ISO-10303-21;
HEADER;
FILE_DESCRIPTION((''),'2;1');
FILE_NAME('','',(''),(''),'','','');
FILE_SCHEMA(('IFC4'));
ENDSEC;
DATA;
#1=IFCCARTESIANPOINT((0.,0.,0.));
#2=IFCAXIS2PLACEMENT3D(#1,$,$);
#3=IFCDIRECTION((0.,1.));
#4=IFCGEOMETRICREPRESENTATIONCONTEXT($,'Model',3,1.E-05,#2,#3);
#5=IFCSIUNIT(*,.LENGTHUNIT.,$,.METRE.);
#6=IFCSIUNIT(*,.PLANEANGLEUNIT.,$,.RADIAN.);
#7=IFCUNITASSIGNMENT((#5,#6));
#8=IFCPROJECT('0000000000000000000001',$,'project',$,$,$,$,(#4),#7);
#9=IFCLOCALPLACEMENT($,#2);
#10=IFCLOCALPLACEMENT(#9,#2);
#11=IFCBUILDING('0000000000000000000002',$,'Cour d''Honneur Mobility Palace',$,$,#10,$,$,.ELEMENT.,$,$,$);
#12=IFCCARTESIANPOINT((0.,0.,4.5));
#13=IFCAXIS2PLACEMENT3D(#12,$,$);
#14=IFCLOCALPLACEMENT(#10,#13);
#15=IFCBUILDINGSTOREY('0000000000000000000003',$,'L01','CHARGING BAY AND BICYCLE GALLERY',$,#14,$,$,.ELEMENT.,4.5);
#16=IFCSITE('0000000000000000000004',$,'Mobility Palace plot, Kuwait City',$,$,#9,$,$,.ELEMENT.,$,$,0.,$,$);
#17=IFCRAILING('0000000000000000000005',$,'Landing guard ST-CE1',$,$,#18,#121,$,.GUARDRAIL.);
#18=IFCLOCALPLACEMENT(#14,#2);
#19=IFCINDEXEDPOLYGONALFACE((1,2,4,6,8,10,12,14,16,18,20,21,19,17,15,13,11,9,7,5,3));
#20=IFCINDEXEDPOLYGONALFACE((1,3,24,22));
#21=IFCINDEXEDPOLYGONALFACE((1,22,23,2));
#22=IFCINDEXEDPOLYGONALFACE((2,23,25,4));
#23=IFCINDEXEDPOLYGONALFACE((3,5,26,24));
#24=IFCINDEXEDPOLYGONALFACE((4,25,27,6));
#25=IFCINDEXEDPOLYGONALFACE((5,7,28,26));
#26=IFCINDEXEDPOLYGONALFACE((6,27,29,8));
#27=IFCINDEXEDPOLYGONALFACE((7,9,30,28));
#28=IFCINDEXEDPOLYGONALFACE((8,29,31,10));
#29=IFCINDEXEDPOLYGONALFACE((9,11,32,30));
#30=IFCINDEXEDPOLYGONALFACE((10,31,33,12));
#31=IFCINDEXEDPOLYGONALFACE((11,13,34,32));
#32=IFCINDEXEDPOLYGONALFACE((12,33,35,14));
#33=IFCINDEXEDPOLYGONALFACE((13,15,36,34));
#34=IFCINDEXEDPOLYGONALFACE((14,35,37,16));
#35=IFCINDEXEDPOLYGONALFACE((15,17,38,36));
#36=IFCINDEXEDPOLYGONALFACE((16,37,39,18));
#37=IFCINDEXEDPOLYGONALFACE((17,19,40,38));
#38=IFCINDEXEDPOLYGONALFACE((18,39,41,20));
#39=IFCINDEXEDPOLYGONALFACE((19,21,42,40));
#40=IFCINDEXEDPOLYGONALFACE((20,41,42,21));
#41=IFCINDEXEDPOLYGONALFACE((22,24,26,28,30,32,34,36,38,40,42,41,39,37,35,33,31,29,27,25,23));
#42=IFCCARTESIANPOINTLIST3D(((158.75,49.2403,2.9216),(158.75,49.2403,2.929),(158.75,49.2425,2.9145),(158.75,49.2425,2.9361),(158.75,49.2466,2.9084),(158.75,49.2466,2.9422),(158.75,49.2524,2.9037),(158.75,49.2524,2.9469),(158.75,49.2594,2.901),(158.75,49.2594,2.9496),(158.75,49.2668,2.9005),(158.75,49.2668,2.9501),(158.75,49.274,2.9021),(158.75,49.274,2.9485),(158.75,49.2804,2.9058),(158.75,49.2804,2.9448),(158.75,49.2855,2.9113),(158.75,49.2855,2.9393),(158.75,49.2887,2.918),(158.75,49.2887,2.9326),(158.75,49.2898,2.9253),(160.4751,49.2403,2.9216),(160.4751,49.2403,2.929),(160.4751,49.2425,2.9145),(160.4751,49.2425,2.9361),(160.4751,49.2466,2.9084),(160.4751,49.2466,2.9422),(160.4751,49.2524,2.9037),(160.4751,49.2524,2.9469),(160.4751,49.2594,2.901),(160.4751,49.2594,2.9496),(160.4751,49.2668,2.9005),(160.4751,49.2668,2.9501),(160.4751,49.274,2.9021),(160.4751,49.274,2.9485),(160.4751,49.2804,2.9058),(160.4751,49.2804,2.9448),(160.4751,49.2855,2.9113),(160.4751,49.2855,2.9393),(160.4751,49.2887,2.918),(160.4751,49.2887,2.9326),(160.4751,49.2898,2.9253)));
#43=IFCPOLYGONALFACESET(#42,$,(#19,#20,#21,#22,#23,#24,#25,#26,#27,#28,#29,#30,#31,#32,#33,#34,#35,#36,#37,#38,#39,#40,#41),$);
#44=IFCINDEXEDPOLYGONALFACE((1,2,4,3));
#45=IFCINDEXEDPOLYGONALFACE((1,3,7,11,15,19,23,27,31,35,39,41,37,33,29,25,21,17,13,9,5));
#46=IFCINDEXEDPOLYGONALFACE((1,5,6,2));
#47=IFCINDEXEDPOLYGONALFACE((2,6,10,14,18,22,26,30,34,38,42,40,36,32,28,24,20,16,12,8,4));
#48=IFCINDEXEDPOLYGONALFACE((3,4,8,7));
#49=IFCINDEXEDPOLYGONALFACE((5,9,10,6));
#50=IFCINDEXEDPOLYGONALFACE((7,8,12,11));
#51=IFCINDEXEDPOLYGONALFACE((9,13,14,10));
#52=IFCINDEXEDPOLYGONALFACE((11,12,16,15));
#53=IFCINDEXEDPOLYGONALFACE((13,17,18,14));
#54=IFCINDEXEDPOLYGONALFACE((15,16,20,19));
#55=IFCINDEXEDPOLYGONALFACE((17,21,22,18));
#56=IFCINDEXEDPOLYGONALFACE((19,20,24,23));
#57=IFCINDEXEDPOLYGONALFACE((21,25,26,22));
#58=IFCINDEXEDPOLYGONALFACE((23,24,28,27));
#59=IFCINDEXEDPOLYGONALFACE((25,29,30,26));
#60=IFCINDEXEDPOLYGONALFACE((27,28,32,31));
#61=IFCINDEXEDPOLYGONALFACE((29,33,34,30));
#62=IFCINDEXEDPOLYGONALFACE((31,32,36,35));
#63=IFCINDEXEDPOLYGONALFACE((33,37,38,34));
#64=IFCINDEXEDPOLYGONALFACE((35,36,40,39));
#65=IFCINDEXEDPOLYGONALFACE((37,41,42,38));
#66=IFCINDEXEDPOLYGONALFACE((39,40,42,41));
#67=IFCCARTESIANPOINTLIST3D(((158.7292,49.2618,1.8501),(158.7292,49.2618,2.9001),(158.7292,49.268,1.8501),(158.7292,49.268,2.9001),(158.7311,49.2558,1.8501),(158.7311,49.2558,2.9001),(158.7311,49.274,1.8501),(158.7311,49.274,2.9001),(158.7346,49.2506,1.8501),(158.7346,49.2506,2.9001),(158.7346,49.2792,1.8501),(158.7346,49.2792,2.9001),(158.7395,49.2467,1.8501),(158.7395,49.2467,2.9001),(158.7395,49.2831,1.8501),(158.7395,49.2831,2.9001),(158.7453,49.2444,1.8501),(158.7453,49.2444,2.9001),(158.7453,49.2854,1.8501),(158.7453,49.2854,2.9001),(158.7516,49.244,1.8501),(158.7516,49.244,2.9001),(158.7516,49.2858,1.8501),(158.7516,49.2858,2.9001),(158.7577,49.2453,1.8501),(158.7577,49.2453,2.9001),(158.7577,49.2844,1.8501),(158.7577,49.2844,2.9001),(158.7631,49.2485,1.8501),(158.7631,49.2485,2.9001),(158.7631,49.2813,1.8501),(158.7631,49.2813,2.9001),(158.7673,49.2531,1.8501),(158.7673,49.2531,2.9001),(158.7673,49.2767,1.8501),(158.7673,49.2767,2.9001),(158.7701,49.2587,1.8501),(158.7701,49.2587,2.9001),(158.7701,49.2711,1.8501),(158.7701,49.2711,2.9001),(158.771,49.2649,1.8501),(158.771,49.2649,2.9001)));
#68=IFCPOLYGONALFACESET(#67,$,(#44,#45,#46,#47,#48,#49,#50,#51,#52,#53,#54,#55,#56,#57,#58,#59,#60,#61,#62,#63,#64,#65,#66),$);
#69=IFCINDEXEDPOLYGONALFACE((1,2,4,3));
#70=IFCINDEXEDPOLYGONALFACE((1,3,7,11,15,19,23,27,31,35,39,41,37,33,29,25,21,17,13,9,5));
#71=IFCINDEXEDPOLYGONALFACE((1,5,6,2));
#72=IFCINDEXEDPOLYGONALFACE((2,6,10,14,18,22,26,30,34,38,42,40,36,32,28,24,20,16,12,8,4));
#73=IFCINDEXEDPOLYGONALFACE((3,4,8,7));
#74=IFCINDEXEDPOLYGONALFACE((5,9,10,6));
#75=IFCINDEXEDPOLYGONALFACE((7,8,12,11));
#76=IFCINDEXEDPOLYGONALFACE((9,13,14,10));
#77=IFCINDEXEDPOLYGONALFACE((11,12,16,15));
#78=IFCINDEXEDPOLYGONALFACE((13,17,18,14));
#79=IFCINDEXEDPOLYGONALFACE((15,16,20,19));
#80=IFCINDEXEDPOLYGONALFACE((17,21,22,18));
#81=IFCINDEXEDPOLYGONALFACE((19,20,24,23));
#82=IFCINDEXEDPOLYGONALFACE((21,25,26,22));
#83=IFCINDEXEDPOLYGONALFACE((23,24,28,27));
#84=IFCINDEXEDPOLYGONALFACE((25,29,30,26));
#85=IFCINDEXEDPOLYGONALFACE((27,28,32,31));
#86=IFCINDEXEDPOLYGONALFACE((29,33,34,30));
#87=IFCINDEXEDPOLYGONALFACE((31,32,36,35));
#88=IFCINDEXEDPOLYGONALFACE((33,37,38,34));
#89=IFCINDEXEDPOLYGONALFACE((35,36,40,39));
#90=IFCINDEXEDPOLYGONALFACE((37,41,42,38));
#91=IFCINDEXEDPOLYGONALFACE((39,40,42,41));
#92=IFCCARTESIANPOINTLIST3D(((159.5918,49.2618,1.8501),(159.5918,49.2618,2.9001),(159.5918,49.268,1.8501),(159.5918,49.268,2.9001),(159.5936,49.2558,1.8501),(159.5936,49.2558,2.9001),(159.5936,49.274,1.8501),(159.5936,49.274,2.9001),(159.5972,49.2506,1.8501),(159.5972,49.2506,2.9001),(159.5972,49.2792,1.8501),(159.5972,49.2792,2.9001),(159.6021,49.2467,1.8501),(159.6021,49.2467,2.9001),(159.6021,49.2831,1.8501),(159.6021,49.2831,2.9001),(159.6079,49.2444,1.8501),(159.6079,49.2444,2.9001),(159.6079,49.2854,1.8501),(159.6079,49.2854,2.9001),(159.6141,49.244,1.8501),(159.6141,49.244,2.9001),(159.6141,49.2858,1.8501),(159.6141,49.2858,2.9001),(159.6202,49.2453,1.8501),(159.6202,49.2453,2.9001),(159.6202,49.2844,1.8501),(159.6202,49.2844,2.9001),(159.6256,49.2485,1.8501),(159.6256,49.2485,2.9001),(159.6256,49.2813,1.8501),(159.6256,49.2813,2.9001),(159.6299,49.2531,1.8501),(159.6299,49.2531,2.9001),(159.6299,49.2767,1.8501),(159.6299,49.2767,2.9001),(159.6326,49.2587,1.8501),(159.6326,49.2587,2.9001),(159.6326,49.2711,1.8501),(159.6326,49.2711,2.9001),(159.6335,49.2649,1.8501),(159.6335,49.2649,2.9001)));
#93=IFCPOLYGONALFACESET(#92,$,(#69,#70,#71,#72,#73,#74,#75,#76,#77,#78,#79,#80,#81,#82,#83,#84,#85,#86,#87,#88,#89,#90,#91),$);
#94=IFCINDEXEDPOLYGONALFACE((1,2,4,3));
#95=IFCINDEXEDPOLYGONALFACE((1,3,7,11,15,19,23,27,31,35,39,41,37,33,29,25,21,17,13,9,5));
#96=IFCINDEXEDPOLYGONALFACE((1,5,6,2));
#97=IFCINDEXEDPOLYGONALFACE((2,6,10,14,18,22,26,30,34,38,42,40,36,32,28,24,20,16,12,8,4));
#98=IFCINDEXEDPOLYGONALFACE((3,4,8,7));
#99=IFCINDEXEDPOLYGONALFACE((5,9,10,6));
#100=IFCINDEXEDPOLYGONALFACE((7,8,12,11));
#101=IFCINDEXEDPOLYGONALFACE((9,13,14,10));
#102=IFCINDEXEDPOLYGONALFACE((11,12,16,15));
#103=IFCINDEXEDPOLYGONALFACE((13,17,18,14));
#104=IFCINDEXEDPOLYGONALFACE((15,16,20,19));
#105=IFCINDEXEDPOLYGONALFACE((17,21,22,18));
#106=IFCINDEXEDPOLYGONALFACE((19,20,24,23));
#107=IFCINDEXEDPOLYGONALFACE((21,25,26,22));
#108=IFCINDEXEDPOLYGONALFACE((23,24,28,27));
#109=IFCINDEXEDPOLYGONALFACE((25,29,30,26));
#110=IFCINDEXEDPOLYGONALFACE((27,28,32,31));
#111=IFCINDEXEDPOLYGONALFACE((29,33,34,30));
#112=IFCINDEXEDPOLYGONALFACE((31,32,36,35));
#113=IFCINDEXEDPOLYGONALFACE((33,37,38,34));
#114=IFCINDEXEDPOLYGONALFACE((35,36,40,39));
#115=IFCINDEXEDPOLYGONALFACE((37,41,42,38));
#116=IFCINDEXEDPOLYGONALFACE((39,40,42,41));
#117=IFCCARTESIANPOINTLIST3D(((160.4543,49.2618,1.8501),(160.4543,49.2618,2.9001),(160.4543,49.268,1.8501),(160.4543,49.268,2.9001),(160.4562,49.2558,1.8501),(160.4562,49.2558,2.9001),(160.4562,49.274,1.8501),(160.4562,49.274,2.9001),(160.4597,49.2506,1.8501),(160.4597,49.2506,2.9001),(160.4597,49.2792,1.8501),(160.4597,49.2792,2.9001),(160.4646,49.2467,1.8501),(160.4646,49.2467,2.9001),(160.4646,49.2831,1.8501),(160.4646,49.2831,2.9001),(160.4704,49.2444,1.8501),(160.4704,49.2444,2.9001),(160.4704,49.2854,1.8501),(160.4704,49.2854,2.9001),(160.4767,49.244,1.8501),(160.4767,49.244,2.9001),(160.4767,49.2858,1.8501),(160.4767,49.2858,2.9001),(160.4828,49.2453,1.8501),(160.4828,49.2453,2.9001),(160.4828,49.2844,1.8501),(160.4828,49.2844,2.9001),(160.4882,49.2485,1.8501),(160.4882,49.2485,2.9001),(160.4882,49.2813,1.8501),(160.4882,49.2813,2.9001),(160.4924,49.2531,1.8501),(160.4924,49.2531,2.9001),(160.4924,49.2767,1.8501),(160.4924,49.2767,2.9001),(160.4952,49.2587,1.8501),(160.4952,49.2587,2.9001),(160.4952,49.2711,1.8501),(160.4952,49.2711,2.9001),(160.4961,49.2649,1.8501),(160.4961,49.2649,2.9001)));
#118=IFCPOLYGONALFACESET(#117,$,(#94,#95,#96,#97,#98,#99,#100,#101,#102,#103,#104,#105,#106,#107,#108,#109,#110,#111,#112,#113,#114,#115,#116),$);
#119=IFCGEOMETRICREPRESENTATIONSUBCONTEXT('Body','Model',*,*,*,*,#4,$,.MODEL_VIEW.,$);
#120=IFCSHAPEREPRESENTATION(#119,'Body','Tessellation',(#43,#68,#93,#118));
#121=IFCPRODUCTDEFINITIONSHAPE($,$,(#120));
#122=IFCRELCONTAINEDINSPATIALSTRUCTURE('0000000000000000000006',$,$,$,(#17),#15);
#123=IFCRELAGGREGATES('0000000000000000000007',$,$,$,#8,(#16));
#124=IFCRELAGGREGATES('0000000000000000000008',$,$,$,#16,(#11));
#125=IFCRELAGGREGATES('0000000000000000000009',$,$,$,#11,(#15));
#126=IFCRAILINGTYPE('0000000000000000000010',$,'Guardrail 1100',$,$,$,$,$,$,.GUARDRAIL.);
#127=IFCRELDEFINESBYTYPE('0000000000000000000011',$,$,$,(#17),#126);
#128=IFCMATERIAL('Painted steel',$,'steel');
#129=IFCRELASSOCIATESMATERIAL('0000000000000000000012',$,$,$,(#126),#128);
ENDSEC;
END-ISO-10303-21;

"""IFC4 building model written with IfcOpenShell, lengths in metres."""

from ifc_helpers import new_model, si_unit, direction, frame, origin, origin_2d, place, context, subcontext, project, spatial, circle, extrude, material, type_object, element, save


model = new_model("IFC4")

# Units and contexts
model_context = context("Model", 3, precision=1e-05, world=origin(), true_north=direction((0.0, 1.0)))
body_context = subcontext(model_context, "Body", "Model", "MODEL_VIEW")
ifc_project = project(units=[si_unit("LENGTHUNIT", "METRE"), si_unit("PLANEANGLEUNIT", "RADIAN")], contexts=[model_context])

# Site, building, storey
site_placement = place(None, origin())
site = spatial("IfcSite", under=ifc_project, at=site_placement, Name="Mobility Palace plot, Kuwait City", CompositionType="ELEMENT", RefElevation=0.0)
building_placement = place(site_placement, origin())
building = spatial("IfcBuilding", under=site, at=building_placement, Name="Cour d'Honneur Mobility Palace", CompositionType="ELEMENT")
storey_placement = place(building_placement, frame((0.0, 0.0, 4.5)))
storey = spatial("IfcBuildingStorey", under=building, at=storey_placement, Name="L01", Description="CHARGING BAY AND BICYCLE GALLERY", CompositionType="ELEMENT", Elevation=4.5)

# Railing
ifc_material_1 = material(Name="Painted steel", Category="steel")
railing_type_1 = type_object("IfcRailingType", Name="Guardrail 1100", PredefinedType="GUARDRAIL", material=ifc_material_1)
railing_1_placement = place(storey_placement, frame((158.75, 49.2649, 1.8501)))
element("IfcRailing", 1, at=railing_1_placement, inside=storey, type_object=railing_type_1, Name="Landing guard ST-CE1", PredefinedType="GUARDRAIL", context=body_context, shape_type="SweptSolid", body=[
    extrude(circle(Radius=0.0249, at=origin_2d()), frame((0.0, 0.0, 1.0752), z_axis=(1.0, 0.0, 0.0), x_axis=(0.0, 1.0, 0.0)), (0.0, 0.0, 1.0), 1.7251),
    extrude(circle(Radius=0.021, at=origin_2d()), origin(), (0.0, 0.0, 1.0), 1.05),
    extrude(circle(Radius=0.021, at=origin_2d()), frame((0.8625, 0.0, 0.0)), (0.0, 0.0, 1.0), 1.05),
    extrude(circle(Radius=0.021, at=origin_2d()), frame((1.7251, 0.0, 0.0)), (0.0, 0.0, 1.0), 1.05),
])

save(model, "model.ifc")
